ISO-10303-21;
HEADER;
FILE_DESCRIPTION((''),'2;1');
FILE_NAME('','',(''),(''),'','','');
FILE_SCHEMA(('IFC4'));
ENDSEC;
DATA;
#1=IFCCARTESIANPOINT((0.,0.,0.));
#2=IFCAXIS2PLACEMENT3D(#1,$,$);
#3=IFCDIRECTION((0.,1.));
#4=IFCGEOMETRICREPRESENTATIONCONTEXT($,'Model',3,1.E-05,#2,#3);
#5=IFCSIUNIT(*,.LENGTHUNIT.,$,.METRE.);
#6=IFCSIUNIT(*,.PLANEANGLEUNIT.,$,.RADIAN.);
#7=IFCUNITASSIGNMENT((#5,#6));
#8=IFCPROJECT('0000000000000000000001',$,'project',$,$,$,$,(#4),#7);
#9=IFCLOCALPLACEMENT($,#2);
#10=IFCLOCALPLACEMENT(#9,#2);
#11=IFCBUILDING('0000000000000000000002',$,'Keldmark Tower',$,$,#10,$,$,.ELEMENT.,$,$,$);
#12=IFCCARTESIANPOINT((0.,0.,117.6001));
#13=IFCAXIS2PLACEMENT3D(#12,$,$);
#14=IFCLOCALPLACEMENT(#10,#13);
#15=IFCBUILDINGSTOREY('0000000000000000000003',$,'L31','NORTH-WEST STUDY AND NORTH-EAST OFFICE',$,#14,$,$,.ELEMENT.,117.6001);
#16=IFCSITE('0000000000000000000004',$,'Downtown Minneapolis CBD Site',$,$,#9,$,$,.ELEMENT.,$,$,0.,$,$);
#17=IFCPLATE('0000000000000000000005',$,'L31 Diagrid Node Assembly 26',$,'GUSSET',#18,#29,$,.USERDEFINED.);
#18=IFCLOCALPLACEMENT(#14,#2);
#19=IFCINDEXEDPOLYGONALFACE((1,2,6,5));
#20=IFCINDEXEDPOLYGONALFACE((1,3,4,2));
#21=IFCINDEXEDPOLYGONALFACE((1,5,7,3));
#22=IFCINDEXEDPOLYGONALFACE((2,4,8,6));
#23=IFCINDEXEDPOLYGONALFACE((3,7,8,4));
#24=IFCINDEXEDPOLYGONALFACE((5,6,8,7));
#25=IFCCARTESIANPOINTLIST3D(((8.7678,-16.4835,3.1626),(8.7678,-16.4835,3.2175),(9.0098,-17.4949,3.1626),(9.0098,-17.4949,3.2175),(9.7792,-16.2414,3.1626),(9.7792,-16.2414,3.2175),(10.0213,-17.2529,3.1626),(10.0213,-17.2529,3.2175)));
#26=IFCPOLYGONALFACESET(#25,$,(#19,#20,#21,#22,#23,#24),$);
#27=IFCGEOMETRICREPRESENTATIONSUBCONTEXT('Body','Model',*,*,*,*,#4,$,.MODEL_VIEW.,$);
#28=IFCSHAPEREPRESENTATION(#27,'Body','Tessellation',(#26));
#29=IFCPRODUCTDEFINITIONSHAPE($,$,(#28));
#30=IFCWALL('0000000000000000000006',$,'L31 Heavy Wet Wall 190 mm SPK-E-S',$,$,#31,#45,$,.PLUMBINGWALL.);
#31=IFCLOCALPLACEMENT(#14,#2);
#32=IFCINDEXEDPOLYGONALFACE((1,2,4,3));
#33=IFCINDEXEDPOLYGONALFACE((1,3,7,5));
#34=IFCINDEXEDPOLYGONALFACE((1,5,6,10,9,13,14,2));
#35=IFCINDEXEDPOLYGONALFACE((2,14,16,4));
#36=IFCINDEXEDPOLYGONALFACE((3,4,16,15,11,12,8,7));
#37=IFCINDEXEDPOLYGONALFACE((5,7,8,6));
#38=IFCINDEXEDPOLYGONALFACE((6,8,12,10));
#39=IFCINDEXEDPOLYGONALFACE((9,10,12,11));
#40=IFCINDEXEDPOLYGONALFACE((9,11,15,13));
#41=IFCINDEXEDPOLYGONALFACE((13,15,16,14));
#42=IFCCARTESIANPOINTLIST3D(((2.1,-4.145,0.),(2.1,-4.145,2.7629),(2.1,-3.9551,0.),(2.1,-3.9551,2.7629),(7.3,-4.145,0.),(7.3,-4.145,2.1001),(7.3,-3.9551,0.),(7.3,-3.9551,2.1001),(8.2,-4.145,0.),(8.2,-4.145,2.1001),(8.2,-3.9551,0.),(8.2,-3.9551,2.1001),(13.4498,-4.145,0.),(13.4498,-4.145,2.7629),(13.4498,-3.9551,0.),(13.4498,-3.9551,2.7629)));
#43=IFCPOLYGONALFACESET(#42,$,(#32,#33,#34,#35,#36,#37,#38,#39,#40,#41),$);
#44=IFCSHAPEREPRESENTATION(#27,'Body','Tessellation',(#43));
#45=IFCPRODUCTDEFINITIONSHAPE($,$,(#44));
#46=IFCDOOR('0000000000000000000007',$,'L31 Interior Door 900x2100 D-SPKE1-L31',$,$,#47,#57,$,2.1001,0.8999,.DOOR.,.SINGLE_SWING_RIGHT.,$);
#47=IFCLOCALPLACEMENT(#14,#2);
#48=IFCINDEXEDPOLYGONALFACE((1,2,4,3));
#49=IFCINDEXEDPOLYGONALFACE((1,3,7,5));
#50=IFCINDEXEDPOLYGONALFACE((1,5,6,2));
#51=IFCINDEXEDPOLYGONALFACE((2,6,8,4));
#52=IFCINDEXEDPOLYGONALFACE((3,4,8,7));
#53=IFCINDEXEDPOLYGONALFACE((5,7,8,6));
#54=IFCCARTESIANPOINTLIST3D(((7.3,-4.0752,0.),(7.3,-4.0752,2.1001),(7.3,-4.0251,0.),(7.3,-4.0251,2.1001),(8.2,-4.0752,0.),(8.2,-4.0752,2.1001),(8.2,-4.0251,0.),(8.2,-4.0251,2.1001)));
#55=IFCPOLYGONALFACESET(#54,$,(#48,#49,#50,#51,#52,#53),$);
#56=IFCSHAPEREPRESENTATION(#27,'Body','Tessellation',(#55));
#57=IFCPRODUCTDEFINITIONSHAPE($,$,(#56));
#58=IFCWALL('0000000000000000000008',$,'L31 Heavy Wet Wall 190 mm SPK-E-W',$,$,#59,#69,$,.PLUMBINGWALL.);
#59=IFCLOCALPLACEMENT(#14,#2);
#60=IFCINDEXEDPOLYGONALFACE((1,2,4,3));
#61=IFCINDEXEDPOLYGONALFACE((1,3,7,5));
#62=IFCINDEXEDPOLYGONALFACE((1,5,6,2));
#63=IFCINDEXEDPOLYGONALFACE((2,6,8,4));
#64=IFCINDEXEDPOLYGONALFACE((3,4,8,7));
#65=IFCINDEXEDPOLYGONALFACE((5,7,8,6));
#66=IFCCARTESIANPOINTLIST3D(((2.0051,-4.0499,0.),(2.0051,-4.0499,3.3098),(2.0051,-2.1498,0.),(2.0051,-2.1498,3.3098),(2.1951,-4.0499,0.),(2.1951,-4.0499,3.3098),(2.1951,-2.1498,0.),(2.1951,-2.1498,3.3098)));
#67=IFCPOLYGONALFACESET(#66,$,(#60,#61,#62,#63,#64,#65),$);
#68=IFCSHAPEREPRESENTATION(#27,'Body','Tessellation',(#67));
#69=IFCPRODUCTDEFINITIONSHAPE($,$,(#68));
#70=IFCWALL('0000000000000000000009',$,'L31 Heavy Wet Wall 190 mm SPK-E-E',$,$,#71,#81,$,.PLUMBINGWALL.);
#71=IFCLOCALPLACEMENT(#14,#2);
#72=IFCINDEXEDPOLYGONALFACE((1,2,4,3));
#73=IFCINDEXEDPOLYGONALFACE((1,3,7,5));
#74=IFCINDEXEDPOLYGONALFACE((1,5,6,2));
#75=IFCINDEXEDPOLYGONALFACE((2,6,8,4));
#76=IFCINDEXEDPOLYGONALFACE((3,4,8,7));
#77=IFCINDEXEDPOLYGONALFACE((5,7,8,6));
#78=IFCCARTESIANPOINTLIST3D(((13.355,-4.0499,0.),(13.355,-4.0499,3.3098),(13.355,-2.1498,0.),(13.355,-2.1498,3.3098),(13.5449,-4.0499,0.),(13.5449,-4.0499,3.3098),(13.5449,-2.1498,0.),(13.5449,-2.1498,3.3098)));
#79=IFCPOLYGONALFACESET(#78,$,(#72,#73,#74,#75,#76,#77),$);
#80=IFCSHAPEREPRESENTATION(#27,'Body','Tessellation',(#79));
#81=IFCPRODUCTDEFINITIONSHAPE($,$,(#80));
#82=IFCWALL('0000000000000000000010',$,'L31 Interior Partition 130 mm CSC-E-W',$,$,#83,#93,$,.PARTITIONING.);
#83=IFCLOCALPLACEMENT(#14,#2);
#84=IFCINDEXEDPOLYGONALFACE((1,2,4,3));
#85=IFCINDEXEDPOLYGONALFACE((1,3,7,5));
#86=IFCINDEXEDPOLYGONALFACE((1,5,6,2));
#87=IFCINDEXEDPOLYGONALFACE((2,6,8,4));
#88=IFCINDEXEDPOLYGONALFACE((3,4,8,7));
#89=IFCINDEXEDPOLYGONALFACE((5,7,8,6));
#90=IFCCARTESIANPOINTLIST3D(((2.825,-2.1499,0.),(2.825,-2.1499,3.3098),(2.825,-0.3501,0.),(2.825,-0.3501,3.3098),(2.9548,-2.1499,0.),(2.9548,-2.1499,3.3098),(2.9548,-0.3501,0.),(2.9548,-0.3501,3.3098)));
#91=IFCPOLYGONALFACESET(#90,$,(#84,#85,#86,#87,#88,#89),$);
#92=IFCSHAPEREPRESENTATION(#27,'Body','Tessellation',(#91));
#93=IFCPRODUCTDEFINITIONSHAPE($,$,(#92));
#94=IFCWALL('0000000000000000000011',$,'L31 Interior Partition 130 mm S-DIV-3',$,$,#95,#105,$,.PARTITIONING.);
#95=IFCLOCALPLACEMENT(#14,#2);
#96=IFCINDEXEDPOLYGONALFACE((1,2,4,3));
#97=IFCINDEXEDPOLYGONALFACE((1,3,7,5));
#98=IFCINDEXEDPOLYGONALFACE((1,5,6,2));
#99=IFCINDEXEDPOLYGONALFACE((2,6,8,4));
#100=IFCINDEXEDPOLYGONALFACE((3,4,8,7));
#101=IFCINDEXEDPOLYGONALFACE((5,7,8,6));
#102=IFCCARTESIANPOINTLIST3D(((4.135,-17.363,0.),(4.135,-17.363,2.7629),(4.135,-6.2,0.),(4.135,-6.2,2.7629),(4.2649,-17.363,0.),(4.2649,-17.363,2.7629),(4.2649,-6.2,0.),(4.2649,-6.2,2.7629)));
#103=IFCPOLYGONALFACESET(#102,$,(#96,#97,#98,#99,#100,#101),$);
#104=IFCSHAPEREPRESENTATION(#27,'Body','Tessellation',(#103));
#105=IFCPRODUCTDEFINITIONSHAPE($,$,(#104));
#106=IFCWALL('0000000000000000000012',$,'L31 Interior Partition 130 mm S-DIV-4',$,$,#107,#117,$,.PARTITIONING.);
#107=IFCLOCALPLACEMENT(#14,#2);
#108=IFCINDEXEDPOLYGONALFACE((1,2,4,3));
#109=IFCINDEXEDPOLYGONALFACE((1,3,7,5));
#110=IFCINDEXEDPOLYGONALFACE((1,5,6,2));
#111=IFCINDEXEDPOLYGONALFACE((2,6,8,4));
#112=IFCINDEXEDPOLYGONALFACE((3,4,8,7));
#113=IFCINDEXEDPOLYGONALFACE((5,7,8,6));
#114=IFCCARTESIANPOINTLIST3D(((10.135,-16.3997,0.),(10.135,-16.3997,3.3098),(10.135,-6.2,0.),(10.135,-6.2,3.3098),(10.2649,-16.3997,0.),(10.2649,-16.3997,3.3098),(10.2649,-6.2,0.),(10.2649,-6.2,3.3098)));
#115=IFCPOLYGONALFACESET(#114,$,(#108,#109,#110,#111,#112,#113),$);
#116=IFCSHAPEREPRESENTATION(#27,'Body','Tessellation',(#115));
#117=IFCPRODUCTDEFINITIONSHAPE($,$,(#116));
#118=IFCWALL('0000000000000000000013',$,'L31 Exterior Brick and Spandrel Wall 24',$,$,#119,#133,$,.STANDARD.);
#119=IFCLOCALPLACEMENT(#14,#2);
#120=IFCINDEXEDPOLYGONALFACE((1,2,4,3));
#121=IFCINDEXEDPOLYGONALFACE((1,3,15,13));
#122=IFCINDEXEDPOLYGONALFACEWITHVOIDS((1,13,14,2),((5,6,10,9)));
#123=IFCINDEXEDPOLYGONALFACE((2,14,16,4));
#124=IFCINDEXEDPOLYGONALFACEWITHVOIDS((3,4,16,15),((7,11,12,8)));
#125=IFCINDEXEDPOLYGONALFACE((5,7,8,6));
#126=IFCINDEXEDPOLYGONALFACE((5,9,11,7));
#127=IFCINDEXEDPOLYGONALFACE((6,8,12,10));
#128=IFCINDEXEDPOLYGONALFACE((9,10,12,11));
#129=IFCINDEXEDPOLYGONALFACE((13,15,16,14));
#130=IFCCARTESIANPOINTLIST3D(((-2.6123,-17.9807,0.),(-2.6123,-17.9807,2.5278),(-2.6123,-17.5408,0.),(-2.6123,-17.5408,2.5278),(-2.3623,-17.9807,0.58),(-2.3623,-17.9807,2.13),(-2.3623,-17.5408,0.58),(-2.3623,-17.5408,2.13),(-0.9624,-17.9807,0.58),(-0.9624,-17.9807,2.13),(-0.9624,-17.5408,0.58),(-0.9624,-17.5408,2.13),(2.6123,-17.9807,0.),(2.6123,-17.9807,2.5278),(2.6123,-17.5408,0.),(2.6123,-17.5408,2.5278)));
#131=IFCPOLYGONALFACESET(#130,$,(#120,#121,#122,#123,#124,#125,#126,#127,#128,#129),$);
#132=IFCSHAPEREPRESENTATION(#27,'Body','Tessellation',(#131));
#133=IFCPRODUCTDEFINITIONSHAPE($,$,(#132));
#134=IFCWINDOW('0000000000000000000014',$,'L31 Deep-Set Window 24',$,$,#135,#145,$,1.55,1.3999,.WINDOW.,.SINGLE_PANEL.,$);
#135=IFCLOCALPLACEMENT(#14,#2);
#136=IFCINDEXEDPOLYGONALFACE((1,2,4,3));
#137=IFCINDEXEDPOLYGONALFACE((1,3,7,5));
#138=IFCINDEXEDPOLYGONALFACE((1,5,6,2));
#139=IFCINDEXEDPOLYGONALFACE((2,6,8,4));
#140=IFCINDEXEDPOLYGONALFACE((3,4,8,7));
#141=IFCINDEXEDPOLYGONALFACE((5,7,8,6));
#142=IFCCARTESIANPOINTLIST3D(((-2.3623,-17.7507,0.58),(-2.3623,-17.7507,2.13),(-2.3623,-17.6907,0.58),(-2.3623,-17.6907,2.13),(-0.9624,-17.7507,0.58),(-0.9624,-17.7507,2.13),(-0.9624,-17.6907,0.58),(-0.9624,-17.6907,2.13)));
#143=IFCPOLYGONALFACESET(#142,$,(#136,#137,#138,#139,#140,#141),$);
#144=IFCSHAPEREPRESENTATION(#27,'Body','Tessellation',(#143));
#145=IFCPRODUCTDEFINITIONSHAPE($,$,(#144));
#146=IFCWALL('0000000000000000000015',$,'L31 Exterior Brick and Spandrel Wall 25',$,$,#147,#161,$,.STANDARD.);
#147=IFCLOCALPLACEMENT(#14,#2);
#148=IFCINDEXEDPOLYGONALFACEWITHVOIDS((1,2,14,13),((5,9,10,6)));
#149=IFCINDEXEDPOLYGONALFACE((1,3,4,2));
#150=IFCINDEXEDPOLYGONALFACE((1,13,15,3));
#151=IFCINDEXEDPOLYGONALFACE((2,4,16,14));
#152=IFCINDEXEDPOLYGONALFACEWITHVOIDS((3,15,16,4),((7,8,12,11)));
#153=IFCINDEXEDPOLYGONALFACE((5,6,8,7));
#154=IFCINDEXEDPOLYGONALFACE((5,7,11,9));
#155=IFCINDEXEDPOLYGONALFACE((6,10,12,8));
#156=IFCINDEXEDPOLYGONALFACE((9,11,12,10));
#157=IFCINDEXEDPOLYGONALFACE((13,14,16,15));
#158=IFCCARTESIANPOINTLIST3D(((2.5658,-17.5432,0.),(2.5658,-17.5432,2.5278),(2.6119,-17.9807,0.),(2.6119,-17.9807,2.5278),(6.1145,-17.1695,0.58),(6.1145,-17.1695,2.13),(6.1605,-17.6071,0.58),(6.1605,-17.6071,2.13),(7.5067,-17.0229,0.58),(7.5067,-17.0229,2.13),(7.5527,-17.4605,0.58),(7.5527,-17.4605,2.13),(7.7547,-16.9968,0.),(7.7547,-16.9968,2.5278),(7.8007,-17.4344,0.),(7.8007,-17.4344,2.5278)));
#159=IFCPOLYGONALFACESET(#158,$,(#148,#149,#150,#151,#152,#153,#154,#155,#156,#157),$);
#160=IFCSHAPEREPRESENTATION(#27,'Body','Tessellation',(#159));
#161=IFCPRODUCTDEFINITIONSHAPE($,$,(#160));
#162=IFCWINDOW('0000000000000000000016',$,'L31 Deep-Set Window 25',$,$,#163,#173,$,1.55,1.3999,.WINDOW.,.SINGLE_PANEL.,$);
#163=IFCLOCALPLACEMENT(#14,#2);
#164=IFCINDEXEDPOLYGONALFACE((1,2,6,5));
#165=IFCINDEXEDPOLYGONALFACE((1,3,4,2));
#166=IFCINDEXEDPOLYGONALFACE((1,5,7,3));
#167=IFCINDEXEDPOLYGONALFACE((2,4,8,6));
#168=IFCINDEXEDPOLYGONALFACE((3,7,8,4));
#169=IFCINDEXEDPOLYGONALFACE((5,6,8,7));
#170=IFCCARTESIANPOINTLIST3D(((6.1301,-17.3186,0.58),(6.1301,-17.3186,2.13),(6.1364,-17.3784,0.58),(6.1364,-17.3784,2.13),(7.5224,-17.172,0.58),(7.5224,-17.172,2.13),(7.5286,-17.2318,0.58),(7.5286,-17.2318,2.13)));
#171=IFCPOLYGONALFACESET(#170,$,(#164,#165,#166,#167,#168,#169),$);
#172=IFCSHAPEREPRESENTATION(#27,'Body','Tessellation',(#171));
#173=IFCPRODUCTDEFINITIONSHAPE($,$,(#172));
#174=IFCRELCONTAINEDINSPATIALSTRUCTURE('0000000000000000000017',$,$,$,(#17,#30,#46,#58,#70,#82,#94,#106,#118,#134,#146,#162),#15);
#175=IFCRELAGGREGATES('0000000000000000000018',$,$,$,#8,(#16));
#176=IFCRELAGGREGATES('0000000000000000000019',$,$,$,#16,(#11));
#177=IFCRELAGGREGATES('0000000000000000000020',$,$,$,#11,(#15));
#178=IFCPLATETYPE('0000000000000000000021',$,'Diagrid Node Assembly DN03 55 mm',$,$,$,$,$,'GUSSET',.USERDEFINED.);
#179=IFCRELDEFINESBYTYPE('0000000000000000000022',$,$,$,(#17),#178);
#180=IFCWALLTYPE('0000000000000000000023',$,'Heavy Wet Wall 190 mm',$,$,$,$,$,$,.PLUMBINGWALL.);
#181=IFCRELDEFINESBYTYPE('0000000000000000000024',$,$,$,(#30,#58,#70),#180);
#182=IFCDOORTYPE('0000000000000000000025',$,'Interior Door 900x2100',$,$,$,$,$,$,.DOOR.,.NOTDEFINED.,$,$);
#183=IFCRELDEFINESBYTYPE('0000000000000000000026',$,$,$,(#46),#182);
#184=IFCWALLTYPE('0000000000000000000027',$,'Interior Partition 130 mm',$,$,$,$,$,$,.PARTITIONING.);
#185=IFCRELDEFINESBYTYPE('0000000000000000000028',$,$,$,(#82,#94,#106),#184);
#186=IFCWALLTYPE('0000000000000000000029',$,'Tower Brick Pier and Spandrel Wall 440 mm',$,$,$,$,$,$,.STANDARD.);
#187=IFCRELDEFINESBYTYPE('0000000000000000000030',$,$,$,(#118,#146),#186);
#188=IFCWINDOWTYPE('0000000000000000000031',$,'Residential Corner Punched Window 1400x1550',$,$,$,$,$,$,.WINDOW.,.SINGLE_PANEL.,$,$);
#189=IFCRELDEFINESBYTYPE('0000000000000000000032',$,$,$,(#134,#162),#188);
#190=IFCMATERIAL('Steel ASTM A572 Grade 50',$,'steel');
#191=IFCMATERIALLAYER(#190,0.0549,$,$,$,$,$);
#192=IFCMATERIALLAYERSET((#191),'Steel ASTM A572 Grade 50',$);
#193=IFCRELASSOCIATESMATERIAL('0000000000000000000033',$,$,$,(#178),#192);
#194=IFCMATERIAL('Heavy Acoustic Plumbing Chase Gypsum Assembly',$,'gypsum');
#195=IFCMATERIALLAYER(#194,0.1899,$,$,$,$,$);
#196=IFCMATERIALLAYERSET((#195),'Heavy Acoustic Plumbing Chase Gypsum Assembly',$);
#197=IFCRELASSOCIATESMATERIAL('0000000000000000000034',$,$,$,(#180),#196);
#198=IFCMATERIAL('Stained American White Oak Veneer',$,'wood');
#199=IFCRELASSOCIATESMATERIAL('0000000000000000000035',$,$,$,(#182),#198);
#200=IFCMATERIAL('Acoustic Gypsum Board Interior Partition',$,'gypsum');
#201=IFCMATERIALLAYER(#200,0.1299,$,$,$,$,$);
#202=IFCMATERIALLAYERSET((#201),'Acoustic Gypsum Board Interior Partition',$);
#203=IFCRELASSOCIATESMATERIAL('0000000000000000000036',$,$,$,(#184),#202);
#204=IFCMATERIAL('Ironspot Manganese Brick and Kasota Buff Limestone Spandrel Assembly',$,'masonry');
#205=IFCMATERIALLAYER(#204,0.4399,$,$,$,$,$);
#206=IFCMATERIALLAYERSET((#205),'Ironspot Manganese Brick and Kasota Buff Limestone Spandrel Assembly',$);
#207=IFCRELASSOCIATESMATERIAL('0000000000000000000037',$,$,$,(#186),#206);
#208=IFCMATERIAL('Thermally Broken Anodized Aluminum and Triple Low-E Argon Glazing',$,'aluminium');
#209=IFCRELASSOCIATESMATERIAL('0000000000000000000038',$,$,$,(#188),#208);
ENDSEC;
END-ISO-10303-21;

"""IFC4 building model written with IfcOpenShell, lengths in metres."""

from ifc_helpers import new_model, si_unit, direction, frame, frame_2d, origin, origin_2d, place, context, subcontext, project, spatial, rectangle, extrude, material, layer, layer_set, type_object, element, fill, save


model = new_model("IFC4")

# Units and contexts
model_context = context("Model", 3, precision=1e-05, world=origin(), true_north=direction((0.0, 1.0)))
body_context = subcontext(model_context, "Body", "Model", "MODEL_VIEW")
ifc_project = project(units=[si_unit("LENGTHUNIT", "METRE"), si_unit("PLANEANGLEUNIT", "RADIAN")], contexts=[model_context])

# Site, building, storey
site_placement = place(None, origin())
site = spatial("IfcSite", under=ifc_project, at=site_placement, Name="Downtown Minneapolis CBD Site", CompositionType="ELEMENT", RefElevation=0.0)
building_placement = place(site_placement, origin())
building = spatial("IfcBuilding", under=site, at=building_placement, Name="Keldmark Tower", CompositionType="ELEMENT")
storey_placement = place(building_placement, frame((0.0, 0.0, 117.6001)))
storey = spatial("IfcBuildingStorey", under=building, at=storey_placement, Name="L31", Description="NORTH-WEST STUDY AND NORTH-EAST OFFICE", CompositionType="ELEMENT", Elevation=117.6001)

# Plate
ifc_material_1 = material(Name="Steel ASTM A572 Grade 50", Category="steel")
ifc_layer_1 = layer(ifc_material_1, 0.0549)
ifc_layer_set_1 = layer_set([ifc_layer_1], Name="Steel ASTM A572 Grade 50")
plate_type = type_object("IfcPlateType", Name="Diagrid Node Assembly DN03 55 mm", ElementType="GUSSET", PredefinedType="USERDEFINED", material=ifc_layer_set_1)
for number, where, z_axis, x_axis, name in (
    (1, (9.3945, -16.8682, 3.1626), (0.0, 0.0, 1.0), (0.972533, 0.232766, 0.0), "L31 Diagrid Node Assembly 26"),
):
    element("IfcPlate", number, at=place(storey_placement, frame(where, z_axis=z_axis, x_axis=x_axis)), inside=storey, type_object=plate_type, Name=name, ObjectType="GUSSET", PredefinedType="USERDEFINED", context=body_context, shape_type="SweptSolid", body=[
        extrude(rectangle(XDim=1.04, YDim=1.04, at=origin_2d()), origin(), (0.0, 0.0, 1.0), 0.0549),
    ])

# Wall, opening, door
ifc_material_2 = material(Name="Heavy Acoustic Plumbing Chase Gypsum Assembly", Category="gypsum")
ifc_layer_2 = layer(ifc_material_2, 0.1899)
ifc_layer_set_2 = layer_set([ifc_layer_2], Name="Heavy Acoustic Plumbing Chase Gypsum Assembly")
wall_type_1 = type_object("IfcWallType", Name="Heavy Wet Wall 190 mm", PredefinedType="PLUMBINGWALL", material=ifc_layer_set_2)
wall_1_placement = place(storey_placement, frame((2.1001, -4.05, 0.0), z_axis=(0.0, 0.0, 1.0), x_axis=(1.0, 0.0, 0.0)))
wall_1 = element("IfcWall", 2, at=wall_1_placement, inside=storey, type_object=wall_type_1, Name="L31 Heavy Wet Wall 190 mm SPK-E-S", PredefinedType="PLUMBINGWALL", context=body_context, shape_type="SweptSolid", body=[
    extrude(rectangle(XDim=11.3499, YDim=0.1899, at=frame_2d((5.6748, 0.0))), origin(), (0.0, 0.0, 1.0), 2.7629),
])
opening_1_placement = place(wall_1_placement, frame((5.2, 0.0, 0.0)))
opening_1 = element("IfcOpeningElement", 3, at=opening_1_placement, cuts=wall_1, PredefinedType="OPENING", context=body_context, shape_type="SweptSolid", body=[
    extrude(rectangle(XDim=0.8999, YDim=2.1001, at=frame_2d((0.45, 1.05))), frame((0.0, 0.105, 0.0), z_axis=(0.0, -1.0, 0.0), x_axis=(1.0, 0.0, 0.0)), (0.0, 0.0, 1.0), 0.21),
])
ifc_material_3 = material(Name="Stained American White Oak Veneer", Category="wood")
door_type = type_object("IfcDoorType", Name="Interior Door 900x2100", OperationType="NOTDEFINED", PredefinedType="DOOR", material=ifc_material_3)
door_placement = place(opening_1_placement, origin())
door = element("IfcDoor", 4, at=door_placement, inside=storey, type_object=door_type, Name="L31 Interior Door 900x2100 D-SPKE1-L31", OperationType="SINGLE_SWING_RIGHT", OverallHeight=2.1001, OverallWidth=0.8999, PredefinedType="DOOR", context=body_context, shape_type="SweptSolid", body=[
    extrude(rectangle(XDim=0.8999, YDim=2.1001, at=frame_2d((0.45, 1.05))), frame((0.0, 0.0249, 0.0), z_axis=(0.0, -1.0, 0.0), x_axis=(1.0, 0.0, 0.0)), (0.0, 0.0, 1.0), 0.05),
])
fill(opening_1, door)

# Walls
for number, where, z_axis, x_axis, name in (
    (5, (2.1001, -4.05, 0.0), (0.0, 0.0, 1.0), (0.0, 1.0, 0.0), "L31 Heavy Wet Wall 190 mm SPK-E-W"),
    (6, (13.45, -4.05, 0.0), (0.0, 0.0, 1.0), (0.0, 1.0, 0.0), "L31 Heavy Wet Wall 190 mm SPK-E-E"),
):
    element("IfcWall", number, at=place(storey_placement, frame(where, z_axis=z_axis, x_axis=x_axis)), inside=storey, type_object=wall_type_1, Name=name, PredefinedType="PLUMBINGWALL", context=body_context, shape_type="SweptSolid", body=[
        extrude(rectangle(XDim=1.9001, YDim=0.1899, at=frame_2d((0.9502, 0.0))), origin(), (0.0, 0.0, 1.0), 3.3098),
    ])
ifc_material_4 = material(Name="Acoustic Gypsum Board Interior Partition", Category="gypsum")
ifc_layer_3 = layer(ifc_material_4, 0.1299)
ifc_layer_set_3 = layer_set([ifc_layer_3], Name="Acoustic Gypsum Board Interior Partition")
wall_type_2 = type_object("IfcWallType", Name="Interior Partition 130 mm", PredefinedType="PARTITIONING", material=ifc_layer_set_3)
wall_2_placement = place(storey_placement, frame((2.8899, -2.1499, 0.0), z_axis=(0.0, 0.0, 1.0), x_axis=(0.0, 1.0, 0.0)))
element("IfcWall", 7, at=wall_2_placement, inside=storey, type_object=wall_type_2, Name="L31 Interior Partition 130 mm CSC-E-W", PredefinedType="PARTITIONING", context=body_context, shape_type="SweptSolid", body=[
    extrude(rectangle(XDim=1.7998, YDim=0.1299, at=frame_2d((0.8999, 0.0))), origin(), (0.0, 0.0, 1.0), 3.3098),
])
wall_3_placement = place(storey_placement, frame((4.2, -17.363, 0.0), z_axis=(0.0, 0.0, 1.0), x_axis=(0.0, 1.0, 0.0)))
element("IfcWall", 8, at=wall_3_placement, inside=storey, type_object=wall_type_2, Name="L31 Interior Partition 130 mm S-DIV-3", PredefinedType="PARTITIONING", context=body_context, shape_type="SweptSolid", body=[
    extrude(rectangle(XDim=11.1631, YDim=0.1299, at=frame_2d((5.5815, 0.0))), origin(), (0.0, 0.0, 1.0), 2.7629),
])
wall_4_placement = place(storey_placement, frame((10.2, -16.3997, 0.0), z_axis=(0.0, 0.0, 1.0), x_axis=(0.0, 1.0, 0.0)))
element("IfcWall", 9, at=wall_4_placement, inside=storey, type_object=wall_type_2, Name="L31 Interior Partition 130 mm S-DIV-4", PredefinedType="PARTITIONING", context=body_context, shape_type="SweptSolid", body=[
    extrude(rectangle(XDim=10.1997, YDim=0.1299, at=frame_2d((5.0999, 0.0))), origin(), (0.0, 0.0, 1.0), 3.3098),
])

# Walls, openings, windows
ifc_material_5 = material(Name="Ironspot Manganese Brick and Kasota Buff Limestone Spandrel Assembly", Category="masonry")
ifc_layer_4 = layer(ifc_material_5, 0.4399)
ifc_layer_set_4 = layer_set([ifc_layer_4], Name="Ironspot Manganese Brick and Kasota Buff Limestone Spandrel Assembly")
wall_type_3 = type_object("IfcWallType", Name="Tower Brick Pier and Spandrel Wall 440 mm", PredefinedType="STANDARD", material=ifc_layer_set_4)
wall_5_placement = place(storey_placement, frame((2.6123, -17.7607, 0.0), z_axis=(0.0, 0.0, 1.0), x_axis=(-1.0, 0.0, 0.0)))
wall_5 = element("IfcWall", 10, at=wall_5_placement, inside=storey, type_object=wall_type_3, Name="L31 Exterior Brick and Spandrel Wall 24", PredefinedType="STANDARD", context=body_context, shape_type="SweptSolid", body=[
    extrude(rectangle(XDim=5.2246, YDim=0.4399, at=frame_2d((2.6123, 0.0))), origin(), (0.0, 0.0, 1.0), 2.5278),
])
opening_2_placement = place(wall_5_placement, frame((3.5747, 0.0, 0.5801)))
opening_2 = element("IfcOpeningElement", 11, at=opening_2_placement, cuts=wall_5, PredefinedType="OPENING", context=body_context, shape_type="SweptSolid", body=[
    extrude(rectangle(XDim=1.3999, YDim=1.55, at=frame_2d((0.7, 0.7749))), frame((0.0, 0.23, 0.0), z_axis=(0.0, -1.0, 0.0), x_axis=(1.0, 0.0, 0.0)), (0.0, 0.0, 1.0), 0.46),
])
ifc_material_6 = material(Name="Thermally Broken Anodized Aluminum and Triple Low-E Argon Glazing", Category="aluminium")
window_type = type_object("IfcWindowType", Name="Residential Corner Punched Window 1400x1550", PartitioningType="SINGLE_PANEL", PredefinedType="WINDOW", material=ifc_material_6)
window_1_placement = place(opening_2_placement, origin())
window_1 = element("IfcWindow", 12, at=window_1_placement, inside=storey, type_object=window_type, Name="L31 Deep-Set Window 24", OverallHeight=1.55, OverallWidth=1.3999, PartitioningType="SINGLE_PANEL", PredefinedType="WINDOW", context=body_context, shape_type="SweptSolid", body=[
    extrude(rectangle(XDim=1.3999, YDim=1.55, at=frame_2d((0.7, 0.7749))), frame((0.0, -0.01, 0.0), z_axis=(0.0, -1.0, 0.0), x_axis=(1.0, 0.0, 0.0)), (0.0, 0.0, 1.0), 0.0601),
])
fill(opening_2, window_1)
wall_6_placement = place(storey_placement, frame((7.7778, -17.2156, 0.0), z_axis=(0.0, 0.0, 1.0), x_axis=(-0.994501, -0.104724, 0.0)))
wall_6 = element("IfcWall", 13, at=wall_6_placement, inside=storey, type_object=wall_type_3, Name="L31 Exterior Brick and Spandrel Wall 25", PredefinedType="STANDARD", context=body_context, shape_type="SweptSolid", body=[
    extrude(rectangle(XDim=5.2175, YDim=0.4399, at=frame_2d((2.6089, 0.0))), origin(), (0.0, 0.0, 1.0), 2.5278),
])
opening_3_placement = place(wall_6_placement, frame((0.2495, 0.0, 0.5801)))
opening_3 = element("IfcOpeningElement", 14, at=opening_3_placement, cuts=wall_6, PredefinedType="OPENING", context=body_context, shape_type="SweptSolid", body=[
    extrude(rectangle(XDim=1.3999, YDim=1.55, at=frame_2d((0.7, 0.7749))), frame((0.0, 0.23, 0.0), z_axis=(0.0, -1.0, 0.0), x_axis=(1.0, 0.0, 0.0)), (0.0, 0.0, 1.0), 0.46),
])
window_2_placement = place(opening_3_placement, origin())
window_2 = element("IfcWindow", 15, at=window_2_placement, inside=storey, type_object=window_type, Name="L31 Deep-Set Window 25", OverallHeight=1.55, OverallWidth=1.3999, PartitioningType="SINGLE_PANEL", PredefinedType="WINDOW", context=body_context, shape_type="SweptSolid", body=[
    extrude(rectangle(XDim=1.3999, YDim=1.55, at=frame_2d((0.7, 0.7749))), frame((0.0, -0.01, 0.0), z_axis=(0.0, -1.0, 0.0), x_axis=(1.0, 0.0, 0.0)), (0.0, 0.0, 1.0), 0.0601),
])
fill(opening_3, window_2)

save(model, "model.ifc")
